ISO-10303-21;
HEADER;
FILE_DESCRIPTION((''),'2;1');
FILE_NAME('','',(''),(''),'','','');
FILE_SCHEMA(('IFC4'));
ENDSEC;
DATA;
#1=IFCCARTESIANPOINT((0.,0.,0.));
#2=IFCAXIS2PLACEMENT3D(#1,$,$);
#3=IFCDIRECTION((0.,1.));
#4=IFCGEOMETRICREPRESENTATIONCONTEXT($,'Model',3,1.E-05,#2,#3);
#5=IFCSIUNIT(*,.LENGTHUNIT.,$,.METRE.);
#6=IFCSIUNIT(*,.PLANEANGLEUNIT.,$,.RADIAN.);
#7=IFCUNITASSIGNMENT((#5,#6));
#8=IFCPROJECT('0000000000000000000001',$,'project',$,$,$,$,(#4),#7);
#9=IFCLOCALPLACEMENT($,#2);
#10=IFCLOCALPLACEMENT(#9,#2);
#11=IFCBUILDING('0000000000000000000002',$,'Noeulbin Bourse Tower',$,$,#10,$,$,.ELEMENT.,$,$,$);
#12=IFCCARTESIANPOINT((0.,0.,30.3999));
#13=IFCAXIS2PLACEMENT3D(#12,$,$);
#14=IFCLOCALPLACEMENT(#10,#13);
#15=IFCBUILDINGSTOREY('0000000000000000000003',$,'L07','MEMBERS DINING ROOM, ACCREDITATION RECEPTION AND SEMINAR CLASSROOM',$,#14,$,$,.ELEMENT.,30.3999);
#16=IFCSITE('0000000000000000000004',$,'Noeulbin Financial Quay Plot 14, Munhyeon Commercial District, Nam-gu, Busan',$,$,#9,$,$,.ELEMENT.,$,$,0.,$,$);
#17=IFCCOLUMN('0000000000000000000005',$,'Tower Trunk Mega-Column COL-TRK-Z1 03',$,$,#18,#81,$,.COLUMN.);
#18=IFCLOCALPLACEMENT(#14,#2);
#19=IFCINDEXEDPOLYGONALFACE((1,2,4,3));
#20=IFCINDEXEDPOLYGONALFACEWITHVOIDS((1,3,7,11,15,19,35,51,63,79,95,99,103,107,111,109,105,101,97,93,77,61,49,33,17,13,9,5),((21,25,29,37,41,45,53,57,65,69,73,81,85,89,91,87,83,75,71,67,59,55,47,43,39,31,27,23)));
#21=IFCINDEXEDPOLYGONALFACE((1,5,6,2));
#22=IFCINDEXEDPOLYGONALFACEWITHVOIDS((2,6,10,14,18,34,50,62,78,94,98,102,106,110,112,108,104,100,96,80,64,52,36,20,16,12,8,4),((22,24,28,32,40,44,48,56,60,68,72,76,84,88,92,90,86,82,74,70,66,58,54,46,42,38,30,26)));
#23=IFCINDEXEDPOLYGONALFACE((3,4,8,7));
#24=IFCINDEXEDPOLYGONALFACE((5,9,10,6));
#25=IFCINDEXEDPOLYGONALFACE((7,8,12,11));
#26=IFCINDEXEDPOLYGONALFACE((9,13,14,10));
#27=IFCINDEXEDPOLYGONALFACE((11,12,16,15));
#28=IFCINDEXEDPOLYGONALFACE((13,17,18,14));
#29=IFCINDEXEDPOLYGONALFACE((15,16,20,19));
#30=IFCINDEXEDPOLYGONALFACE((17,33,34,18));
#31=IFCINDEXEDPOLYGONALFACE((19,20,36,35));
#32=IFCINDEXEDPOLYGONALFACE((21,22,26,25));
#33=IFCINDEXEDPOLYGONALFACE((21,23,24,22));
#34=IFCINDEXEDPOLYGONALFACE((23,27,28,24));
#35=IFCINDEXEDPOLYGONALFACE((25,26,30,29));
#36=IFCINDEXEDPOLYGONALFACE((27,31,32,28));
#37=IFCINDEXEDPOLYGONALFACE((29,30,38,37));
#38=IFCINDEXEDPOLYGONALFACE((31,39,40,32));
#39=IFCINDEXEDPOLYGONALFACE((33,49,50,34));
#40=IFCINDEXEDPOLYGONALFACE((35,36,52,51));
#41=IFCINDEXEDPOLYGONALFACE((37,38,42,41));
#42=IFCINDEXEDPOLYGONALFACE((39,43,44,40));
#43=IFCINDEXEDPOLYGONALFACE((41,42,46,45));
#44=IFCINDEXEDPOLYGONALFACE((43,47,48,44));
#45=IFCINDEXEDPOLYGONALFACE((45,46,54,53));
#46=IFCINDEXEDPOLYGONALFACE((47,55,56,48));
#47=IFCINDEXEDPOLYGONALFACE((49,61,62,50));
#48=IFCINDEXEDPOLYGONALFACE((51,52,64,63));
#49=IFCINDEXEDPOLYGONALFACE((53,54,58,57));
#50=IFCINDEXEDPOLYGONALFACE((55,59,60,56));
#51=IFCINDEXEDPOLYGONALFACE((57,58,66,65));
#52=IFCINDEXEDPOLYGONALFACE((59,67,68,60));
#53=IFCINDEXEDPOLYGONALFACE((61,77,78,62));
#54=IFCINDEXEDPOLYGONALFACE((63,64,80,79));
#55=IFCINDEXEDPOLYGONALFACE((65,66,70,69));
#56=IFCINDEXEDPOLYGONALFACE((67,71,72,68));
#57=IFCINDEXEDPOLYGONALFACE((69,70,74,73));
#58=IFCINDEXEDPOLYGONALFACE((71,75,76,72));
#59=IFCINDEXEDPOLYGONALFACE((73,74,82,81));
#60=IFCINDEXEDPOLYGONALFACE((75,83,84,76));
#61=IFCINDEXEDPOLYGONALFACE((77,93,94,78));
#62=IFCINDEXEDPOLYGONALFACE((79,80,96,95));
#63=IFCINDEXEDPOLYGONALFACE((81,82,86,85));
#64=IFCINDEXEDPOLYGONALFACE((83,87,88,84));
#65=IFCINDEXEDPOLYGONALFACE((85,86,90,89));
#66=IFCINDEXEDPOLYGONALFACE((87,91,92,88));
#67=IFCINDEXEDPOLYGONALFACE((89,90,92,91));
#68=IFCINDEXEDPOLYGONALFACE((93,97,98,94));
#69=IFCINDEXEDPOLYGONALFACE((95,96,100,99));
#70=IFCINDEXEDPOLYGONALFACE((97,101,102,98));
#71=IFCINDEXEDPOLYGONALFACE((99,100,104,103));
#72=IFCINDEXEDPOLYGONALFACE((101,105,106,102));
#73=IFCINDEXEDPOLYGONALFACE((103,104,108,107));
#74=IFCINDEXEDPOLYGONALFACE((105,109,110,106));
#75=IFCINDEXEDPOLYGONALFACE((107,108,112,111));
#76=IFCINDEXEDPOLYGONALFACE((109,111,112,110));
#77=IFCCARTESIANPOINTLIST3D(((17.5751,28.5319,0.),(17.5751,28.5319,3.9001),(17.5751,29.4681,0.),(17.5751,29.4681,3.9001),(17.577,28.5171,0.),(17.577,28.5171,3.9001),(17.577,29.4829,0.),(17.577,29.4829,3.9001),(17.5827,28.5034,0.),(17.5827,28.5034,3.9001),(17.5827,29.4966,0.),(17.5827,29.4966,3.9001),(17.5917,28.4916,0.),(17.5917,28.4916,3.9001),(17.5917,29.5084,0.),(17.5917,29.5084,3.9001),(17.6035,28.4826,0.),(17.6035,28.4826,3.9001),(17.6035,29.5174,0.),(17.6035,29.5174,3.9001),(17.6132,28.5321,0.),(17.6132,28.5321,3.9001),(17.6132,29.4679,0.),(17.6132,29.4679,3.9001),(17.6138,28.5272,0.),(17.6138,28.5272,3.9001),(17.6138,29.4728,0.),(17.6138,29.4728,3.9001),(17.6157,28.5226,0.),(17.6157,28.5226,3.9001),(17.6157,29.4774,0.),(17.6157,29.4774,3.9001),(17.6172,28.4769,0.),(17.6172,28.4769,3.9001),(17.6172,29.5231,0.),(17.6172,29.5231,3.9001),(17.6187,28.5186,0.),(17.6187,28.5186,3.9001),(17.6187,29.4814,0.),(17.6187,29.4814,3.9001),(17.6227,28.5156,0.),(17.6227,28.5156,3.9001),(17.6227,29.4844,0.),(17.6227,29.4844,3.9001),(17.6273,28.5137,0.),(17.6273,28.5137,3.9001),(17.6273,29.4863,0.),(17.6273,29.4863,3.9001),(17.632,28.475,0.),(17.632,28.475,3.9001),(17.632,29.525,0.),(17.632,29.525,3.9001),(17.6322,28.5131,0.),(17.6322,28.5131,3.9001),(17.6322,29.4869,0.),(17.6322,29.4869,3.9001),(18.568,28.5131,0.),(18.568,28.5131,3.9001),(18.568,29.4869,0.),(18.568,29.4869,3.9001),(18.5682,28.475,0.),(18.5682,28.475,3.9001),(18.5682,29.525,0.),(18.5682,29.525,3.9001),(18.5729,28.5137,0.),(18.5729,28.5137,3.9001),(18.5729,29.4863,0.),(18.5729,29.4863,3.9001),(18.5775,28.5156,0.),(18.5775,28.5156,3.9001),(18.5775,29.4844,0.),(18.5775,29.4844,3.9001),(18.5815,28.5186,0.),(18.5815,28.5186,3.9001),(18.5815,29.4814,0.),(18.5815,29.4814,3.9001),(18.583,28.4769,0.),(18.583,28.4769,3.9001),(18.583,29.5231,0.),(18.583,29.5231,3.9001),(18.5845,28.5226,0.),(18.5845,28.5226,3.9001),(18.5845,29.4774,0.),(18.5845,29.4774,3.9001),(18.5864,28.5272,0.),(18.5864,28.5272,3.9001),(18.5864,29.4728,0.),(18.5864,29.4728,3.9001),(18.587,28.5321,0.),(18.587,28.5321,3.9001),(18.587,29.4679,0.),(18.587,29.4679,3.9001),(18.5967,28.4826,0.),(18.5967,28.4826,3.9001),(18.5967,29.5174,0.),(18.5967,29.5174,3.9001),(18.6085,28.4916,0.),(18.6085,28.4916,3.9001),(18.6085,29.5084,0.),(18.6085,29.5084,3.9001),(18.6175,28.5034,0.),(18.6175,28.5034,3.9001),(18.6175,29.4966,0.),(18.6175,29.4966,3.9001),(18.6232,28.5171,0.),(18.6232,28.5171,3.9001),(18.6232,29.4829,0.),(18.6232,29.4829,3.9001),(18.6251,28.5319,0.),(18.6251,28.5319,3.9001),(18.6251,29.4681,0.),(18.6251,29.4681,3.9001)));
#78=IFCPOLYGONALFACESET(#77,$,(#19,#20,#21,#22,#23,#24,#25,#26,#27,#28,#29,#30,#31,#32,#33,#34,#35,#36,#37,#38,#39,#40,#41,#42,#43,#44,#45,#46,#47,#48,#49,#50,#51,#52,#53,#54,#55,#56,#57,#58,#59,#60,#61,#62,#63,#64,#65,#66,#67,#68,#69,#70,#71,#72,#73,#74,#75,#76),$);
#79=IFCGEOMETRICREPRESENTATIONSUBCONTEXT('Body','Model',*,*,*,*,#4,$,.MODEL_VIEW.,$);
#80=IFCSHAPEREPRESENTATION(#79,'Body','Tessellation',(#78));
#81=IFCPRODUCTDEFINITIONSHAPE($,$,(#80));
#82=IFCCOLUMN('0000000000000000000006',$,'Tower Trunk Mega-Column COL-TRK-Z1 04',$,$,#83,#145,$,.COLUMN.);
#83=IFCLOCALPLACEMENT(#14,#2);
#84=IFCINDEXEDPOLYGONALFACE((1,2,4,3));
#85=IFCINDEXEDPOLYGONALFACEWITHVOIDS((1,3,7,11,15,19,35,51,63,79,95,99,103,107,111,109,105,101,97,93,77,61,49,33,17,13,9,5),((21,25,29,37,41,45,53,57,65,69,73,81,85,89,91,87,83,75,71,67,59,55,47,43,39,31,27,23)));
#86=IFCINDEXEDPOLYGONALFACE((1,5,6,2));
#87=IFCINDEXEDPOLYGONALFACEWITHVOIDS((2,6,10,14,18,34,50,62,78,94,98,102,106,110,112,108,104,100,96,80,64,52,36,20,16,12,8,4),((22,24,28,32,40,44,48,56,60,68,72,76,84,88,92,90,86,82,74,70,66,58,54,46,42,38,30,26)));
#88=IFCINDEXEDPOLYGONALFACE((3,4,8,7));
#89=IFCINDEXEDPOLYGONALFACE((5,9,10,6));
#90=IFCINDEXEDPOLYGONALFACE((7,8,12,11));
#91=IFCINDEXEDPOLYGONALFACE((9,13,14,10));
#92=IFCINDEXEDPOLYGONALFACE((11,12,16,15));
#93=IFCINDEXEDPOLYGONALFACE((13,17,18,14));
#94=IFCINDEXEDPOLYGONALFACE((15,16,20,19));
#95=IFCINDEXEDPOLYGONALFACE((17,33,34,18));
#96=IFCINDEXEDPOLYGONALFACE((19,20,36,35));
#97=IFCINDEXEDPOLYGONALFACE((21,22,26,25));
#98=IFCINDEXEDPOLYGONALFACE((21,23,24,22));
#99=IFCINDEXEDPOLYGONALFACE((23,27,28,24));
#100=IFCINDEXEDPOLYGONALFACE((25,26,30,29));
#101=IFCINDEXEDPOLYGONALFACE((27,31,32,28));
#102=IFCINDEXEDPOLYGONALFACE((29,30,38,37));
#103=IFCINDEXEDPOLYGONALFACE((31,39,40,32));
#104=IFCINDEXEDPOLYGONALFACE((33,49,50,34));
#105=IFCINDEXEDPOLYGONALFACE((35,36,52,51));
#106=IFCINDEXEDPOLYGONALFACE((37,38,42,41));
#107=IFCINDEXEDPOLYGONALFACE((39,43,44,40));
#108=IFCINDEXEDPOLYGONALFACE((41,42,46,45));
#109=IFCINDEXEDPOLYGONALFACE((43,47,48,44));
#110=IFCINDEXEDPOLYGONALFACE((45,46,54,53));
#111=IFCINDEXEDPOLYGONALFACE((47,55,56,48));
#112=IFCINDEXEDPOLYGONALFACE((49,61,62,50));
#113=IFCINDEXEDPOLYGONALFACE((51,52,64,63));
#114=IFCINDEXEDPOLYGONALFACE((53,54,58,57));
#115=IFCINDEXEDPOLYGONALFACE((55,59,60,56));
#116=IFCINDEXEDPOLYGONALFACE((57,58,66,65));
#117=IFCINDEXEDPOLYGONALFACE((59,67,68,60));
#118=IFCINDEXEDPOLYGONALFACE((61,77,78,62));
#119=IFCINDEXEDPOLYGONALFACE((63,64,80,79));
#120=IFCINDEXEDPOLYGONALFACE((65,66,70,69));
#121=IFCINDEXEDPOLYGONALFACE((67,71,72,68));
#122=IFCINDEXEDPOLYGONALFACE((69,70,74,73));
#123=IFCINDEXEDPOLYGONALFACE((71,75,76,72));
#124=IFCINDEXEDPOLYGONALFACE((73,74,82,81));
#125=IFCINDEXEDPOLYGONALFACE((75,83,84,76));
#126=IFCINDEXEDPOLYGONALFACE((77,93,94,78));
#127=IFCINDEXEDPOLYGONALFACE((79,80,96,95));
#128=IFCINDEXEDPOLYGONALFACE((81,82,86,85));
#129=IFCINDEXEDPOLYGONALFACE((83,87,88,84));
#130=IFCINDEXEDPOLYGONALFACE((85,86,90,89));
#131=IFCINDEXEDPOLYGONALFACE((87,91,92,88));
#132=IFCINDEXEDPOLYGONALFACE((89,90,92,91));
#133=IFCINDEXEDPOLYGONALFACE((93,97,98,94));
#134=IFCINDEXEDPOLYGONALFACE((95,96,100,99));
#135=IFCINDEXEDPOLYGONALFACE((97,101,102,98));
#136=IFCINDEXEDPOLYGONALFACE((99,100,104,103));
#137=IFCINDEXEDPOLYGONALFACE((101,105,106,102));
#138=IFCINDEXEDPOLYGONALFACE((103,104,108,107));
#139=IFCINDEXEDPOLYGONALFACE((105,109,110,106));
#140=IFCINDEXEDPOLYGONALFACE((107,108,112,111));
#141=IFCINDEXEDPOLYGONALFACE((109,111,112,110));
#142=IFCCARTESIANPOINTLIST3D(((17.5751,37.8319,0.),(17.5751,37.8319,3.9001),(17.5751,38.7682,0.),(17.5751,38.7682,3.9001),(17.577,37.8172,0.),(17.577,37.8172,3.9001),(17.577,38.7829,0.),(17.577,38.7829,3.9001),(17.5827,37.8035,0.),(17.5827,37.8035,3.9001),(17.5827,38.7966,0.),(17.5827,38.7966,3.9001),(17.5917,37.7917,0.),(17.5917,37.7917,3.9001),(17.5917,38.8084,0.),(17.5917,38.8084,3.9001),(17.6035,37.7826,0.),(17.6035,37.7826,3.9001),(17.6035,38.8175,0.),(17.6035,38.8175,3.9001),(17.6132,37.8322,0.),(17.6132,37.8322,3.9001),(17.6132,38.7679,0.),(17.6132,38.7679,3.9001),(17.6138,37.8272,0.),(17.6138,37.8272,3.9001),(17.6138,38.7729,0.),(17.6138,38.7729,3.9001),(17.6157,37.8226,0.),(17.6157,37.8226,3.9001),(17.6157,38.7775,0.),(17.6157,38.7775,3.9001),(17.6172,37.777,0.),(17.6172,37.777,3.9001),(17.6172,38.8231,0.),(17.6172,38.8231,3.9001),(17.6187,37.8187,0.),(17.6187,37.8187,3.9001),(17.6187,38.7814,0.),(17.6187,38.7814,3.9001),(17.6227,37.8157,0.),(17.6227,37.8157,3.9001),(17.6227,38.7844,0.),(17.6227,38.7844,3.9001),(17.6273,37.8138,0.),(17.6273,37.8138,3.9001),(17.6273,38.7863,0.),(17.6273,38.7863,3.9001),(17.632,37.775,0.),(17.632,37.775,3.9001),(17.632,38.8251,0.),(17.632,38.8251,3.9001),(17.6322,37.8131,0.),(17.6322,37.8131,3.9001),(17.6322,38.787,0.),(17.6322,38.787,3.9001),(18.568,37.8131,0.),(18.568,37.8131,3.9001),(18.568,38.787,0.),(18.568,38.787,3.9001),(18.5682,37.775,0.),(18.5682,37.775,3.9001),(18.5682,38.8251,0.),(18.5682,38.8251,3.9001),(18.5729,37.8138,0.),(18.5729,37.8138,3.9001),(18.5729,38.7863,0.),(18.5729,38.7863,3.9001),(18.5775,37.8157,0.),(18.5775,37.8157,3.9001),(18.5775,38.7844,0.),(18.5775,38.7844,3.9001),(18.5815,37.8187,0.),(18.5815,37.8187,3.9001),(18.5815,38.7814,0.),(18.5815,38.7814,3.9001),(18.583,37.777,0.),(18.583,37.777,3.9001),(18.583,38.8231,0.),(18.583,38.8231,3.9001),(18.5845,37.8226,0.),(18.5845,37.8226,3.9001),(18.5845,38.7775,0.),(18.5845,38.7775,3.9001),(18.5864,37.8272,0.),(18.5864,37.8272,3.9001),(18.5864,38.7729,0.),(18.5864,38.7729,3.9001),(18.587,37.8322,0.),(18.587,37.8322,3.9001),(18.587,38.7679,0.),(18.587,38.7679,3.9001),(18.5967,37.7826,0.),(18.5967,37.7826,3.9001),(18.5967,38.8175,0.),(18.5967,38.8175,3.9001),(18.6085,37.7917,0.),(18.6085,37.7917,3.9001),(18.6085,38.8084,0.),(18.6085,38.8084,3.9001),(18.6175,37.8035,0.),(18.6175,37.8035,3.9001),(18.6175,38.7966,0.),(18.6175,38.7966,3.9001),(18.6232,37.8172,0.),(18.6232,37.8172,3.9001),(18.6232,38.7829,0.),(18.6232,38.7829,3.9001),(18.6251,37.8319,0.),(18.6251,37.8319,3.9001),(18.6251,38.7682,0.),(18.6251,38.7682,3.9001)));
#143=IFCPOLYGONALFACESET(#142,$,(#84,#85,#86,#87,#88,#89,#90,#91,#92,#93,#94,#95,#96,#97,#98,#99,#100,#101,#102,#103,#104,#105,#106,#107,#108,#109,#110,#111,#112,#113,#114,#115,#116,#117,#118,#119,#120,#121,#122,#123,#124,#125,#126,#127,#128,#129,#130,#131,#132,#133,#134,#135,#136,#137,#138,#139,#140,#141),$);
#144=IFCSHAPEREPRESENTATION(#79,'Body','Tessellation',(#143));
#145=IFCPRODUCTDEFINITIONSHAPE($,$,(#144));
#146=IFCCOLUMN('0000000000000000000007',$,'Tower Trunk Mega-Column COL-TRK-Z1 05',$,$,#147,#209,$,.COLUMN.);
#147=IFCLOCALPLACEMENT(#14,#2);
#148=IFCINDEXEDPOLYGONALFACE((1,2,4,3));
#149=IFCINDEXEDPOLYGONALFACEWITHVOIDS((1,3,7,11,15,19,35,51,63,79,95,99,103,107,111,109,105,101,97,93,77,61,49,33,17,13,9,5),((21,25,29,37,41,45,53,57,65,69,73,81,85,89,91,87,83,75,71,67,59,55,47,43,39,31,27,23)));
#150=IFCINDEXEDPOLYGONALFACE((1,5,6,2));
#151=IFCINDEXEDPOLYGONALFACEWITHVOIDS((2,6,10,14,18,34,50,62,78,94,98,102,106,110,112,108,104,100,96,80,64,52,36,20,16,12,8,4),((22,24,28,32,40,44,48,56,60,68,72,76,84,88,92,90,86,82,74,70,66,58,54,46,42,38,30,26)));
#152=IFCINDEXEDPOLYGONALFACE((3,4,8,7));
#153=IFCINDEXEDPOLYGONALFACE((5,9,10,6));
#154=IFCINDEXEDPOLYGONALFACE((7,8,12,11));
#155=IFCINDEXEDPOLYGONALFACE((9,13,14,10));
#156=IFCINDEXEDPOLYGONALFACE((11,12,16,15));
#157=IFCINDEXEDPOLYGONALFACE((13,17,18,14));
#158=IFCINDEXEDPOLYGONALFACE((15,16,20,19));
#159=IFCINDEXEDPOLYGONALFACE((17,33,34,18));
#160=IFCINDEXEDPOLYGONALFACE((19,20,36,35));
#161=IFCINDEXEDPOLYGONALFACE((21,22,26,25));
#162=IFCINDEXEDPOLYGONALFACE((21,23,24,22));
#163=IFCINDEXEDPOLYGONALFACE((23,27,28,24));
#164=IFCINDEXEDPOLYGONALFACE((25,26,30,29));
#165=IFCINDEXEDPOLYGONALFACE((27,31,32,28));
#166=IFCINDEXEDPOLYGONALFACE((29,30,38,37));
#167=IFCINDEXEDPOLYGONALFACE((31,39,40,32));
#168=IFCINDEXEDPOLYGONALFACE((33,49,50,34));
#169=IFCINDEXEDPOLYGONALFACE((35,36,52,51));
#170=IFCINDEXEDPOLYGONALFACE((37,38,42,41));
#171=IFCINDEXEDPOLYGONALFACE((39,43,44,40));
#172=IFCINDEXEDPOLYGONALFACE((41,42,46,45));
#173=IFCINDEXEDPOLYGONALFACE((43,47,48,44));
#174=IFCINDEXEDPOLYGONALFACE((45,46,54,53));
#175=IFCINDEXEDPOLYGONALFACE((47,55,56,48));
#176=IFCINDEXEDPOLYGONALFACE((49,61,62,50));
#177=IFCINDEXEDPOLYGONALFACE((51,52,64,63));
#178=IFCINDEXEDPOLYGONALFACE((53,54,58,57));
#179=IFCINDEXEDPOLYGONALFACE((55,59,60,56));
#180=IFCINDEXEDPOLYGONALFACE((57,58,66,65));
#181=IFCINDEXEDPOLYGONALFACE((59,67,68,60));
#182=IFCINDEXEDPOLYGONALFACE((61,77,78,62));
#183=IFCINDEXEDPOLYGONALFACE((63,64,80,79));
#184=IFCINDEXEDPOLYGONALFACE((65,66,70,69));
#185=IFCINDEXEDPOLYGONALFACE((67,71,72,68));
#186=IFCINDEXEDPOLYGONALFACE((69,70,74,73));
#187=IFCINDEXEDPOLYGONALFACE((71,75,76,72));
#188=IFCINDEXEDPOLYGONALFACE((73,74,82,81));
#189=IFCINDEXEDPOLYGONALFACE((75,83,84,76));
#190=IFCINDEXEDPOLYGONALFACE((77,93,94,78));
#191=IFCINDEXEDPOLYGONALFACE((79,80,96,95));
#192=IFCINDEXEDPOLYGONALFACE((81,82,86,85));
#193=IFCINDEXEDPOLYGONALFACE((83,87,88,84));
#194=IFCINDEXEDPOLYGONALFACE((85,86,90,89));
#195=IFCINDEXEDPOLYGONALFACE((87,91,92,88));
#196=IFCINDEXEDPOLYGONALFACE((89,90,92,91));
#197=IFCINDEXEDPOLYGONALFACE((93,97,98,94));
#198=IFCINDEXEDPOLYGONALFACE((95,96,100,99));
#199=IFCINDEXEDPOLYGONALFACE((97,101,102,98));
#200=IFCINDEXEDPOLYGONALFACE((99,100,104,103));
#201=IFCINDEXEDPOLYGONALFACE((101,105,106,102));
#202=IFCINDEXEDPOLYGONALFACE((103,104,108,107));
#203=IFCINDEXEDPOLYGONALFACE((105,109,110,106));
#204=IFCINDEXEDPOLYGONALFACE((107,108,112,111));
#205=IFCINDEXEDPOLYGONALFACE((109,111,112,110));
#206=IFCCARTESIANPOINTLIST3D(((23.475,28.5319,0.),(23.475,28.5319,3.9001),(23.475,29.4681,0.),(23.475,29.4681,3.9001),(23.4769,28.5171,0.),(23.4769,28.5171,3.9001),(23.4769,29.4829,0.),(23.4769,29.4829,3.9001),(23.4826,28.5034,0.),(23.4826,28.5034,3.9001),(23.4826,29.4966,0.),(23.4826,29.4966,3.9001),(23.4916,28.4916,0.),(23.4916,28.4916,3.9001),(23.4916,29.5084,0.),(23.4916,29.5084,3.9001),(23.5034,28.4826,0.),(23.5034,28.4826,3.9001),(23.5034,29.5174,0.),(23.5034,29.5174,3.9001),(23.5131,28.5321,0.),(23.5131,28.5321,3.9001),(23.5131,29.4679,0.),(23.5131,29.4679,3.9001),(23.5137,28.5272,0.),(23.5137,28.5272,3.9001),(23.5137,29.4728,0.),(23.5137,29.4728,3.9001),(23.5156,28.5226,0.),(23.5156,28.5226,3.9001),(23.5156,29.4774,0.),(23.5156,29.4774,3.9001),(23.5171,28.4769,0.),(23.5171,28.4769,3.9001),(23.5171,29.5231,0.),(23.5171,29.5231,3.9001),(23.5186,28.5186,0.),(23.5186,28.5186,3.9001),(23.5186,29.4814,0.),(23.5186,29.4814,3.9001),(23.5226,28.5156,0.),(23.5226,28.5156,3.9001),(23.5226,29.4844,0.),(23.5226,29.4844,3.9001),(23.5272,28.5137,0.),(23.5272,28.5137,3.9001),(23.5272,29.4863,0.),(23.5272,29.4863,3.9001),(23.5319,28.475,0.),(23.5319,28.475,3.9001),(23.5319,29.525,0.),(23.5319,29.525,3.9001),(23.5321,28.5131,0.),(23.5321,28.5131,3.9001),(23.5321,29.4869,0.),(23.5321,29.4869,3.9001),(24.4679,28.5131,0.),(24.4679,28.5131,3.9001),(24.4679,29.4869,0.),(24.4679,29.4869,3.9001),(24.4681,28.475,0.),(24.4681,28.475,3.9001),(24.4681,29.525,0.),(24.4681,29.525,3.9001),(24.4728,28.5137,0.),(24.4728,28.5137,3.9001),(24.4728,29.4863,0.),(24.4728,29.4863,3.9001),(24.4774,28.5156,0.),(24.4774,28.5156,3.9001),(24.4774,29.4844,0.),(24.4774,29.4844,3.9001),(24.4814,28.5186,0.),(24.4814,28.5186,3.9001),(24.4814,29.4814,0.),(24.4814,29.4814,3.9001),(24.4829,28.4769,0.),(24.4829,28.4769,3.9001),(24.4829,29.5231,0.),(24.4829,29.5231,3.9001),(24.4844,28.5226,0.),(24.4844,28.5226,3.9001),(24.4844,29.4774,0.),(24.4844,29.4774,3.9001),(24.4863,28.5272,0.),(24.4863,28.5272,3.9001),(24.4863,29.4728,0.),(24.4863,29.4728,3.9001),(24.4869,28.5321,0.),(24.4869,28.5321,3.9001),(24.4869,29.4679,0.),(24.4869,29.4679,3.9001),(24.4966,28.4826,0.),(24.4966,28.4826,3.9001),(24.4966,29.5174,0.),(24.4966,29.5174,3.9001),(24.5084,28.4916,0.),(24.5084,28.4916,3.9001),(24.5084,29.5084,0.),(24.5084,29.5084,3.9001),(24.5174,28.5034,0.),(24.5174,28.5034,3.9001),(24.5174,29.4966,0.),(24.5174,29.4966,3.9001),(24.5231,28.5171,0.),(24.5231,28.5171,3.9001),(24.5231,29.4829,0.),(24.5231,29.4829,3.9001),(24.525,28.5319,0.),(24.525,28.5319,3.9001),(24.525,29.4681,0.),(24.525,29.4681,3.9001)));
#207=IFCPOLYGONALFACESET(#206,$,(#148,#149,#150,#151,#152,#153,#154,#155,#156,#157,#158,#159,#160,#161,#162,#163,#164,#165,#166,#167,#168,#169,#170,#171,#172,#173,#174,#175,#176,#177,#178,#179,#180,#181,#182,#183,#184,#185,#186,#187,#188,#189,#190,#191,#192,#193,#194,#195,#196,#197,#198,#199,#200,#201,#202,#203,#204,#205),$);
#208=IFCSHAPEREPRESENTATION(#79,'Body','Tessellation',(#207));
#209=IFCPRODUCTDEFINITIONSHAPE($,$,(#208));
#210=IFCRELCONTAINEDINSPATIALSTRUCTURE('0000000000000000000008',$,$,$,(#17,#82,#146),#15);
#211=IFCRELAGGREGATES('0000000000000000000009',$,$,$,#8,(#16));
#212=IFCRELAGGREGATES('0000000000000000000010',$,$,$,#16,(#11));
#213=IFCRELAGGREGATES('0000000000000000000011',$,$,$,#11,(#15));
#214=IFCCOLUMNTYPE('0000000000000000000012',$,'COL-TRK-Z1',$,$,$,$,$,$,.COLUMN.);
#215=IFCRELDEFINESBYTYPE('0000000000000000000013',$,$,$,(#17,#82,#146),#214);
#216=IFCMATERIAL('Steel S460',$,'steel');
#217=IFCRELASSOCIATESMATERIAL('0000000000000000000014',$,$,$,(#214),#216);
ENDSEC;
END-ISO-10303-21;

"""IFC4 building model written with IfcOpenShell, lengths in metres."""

from ifc_helpers import new_model, si_unit, direction, frame, origin, origin_2d, place, context, subcontext, project, spatial, hollow_rectangle, extrude, material, material_profile, profile_set, type_object, element, save


model = new_model("IFC4")

# Units and contexts
model_context = context("Model", 3, precision=1e-05, world=origin(), true_north=direction((0.0, 1.0)))
body_context = subcontext(model_context, "Body", "Model", "MODEL_VIEW")
ifc_project = project(units=[si_unit("LENGTHUNIT", "METRE"), si_unit("PLANEANGLEUNIT", "RADIAN")], contexts=[model_context])

# Site, building, storey
site_placement = place(None, origin())
site = spatial("IfcSite", under=ifc_project, at=site_placement, Name="Noeulbin Financial Quay Plot 14, Munhyeon Commercial District, Nam-gu, Busan", CompositionType="ELEMENT", RefElevation=0.0)
building_placement = place(site_placement, origin())
building = spatial("IfcBuilding", under=site, at=building_placement, Name="Noeulbin Bourse Tower", CompositionType="ELEMENT")
storey_placement = place(building_placement, frame((0.0, 0.0, 30.3999)))
storey = spatial("IfcBuildingStorey", under=building, at=storey_placement, Name="L07", Description="MEMBERS DINING ROOM, ACCREDITATION RECEPTION AND SEMINAR CLASSROOM", CompositionType="ELEMENT", Elevation=30.3999)

# Columns
ifc_material_1 = material(Name="Steel S460", Category="steel")
ifc_material_profile_1 = material_profile(ifc_material_1, hollow_rectangle(XDim=1.05, YDim=1.05, WallThickness=0.0381, InnerFilletRadius=0.019, OuterFilletRadius=0.0569, at=origin_2d()), Name="BOX-1050x1050x38", Category="LoadBearing")
ifc_profile_set_1 = profile_set([ifc_material_profile_1], Name="Steel S460")
column_type = type_object("IfcColumnType", Name="COL-TRK-Z1", PredefinedType="COLUMN", material=ifc_profile_set_1)
for number, where, z_axis, x_axis, name in (
    (1, (18.1001, 29.0, 0.0), (0.0, 0.0, 1.0), (1.0, 0.0, 0.0), "Tower Trunk Mega-Column COL-TRK-Z1 03"),
    (2, (18.1001, 38.3, 0.0), (0.0, 0.0, 1.0), (1.0, 0.0, 0.0), "Tower Trunk Mega-Column COL-TRK-Z1 04"),
    (3, (24.0, 29.0, 0.0), (0.0, 0.0, 1.0), (1.0, 0.0, 0.0), "Tower Trunk Mega-Column COL-TRK-Z1 05"),
):
    element("IfcColumn", number, at=place(storey_placement, frame(where, z_axis=z_axis, x_axis=x_axis)), inside=storey, type_object=column_type, Name=name, PredefinedType="COLUMN", context=body_context, shape_type="SweptSolid", body=[
        extrude(hollow_rectangle(XDim=1.05, YDim=1.05, WallThickness=0.0381, InnerFilletRadius=0.019, OuterFilletRadius=0.0569, at=origin_2d()), origin(), (0.0, 0.0, 1.0), 3.9001),
    ])

save(model, "model.ifc")
